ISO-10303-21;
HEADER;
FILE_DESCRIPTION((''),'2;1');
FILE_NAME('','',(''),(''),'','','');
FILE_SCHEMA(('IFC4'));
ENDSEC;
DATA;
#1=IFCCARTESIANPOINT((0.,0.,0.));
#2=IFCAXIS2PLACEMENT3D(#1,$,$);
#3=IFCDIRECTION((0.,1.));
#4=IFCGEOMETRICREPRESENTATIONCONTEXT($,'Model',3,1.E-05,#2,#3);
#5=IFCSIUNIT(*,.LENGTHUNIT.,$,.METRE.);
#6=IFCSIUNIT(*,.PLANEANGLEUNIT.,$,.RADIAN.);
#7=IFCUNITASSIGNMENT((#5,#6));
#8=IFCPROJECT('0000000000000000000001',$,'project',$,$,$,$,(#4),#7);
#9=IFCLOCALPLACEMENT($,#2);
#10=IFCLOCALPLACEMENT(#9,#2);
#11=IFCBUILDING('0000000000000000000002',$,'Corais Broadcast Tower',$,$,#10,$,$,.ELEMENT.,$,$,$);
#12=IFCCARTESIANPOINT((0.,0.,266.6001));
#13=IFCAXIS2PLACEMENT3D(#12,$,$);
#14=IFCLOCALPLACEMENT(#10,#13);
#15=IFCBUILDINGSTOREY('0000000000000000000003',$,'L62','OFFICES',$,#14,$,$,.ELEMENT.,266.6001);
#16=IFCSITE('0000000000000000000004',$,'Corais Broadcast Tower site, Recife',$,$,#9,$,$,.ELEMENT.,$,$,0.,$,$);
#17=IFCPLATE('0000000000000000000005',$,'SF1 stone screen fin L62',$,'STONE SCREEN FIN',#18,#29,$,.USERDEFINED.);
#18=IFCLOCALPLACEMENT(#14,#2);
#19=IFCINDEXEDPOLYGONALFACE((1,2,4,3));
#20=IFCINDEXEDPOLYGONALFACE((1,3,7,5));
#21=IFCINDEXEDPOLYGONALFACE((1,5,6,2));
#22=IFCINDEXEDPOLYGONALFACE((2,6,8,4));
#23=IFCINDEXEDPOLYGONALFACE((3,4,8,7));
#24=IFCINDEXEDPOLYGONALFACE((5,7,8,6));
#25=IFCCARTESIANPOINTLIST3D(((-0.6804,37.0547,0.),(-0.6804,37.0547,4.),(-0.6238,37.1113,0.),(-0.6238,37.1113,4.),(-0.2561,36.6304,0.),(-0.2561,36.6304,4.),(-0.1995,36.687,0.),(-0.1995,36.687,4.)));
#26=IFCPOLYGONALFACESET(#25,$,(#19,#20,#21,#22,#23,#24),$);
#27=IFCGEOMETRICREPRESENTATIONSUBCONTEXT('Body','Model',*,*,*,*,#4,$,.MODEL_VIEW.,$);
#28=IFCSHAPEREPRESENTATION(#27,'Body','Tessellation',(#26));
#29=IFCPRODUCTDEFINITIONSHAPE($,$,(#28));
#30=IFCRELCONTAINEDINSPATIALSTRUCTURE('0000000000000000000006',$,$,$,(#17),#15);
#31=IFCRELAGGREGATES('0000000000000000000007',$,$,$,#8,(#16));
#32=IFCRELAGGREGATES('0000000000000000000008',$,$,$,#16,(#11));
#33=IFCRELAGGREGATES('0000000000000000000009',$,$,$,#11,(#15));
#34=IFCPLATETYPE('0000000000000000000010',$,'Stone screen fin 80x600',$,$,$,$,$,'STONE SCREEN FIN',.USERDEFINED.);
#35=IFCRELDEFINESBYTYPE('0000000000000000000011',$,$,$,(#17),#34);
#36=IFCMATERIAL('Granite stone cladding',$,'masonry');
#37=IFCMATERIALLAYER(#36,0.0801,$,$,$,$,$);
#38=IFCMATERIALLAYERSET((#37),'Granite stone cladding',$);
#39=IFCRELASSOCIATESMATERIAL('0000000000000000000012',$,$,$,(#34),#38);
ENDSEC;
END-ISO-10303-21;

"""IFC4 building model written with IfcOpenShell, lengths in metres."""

from ifc_helpers import new_model, si_unit, direction, frame, origin, origin_2d, place, context, subcontext, project, spatial, rectangle, extrude, material, layer, layer_set, type_object, element, save


model = new_model("IFC4")

# Units and contexts
model_context = context("Model", 3, precision=1e-05, world=origin(), true_north=direction((0.0, 1.0)))
body_context = subcontext(model_context, "Body", "Model", "MODEL_VIEW")
ifc_project = project(units=[si_unit("LENGTHUNIT", "METRE"), si_unit("PLANEANGLEUNIT", "RADIAN")], contexts=[model_context])

# Site, building, storey
site_placement = place(None, origin())
site = spatial("IfcSite", under=ifc_project, at=site_placement, Name="Corais Broadcast Tower site, Recife", CompositionType="ELEMENT", RefElevation=0.0)
building_placement = place(site_placement, origin())
building = spatial("IfcBuilding", under=site, at=building_placement, Name="Corais Broadcast Tower", CompositionType="ELEMENT")
storey_placement = place(building_placement, frame((0.0, 0.0, 266.6001)))
storey = spatial("IfcBuildingStorey", under=building, at=storey_placement, Name="L62", Description="OFFICES", CompositionType="ELEMENT", Elevation=266.6001)

# Plate
ifc_material_1 = material(Name="Granite stone cladding", Category="masonry")
ifc_layer_1 = layer(ifc_material_1, 0.0801)
ifc_layer_set_1 = layer_set([ifc_layer_1], Name="Granite stone cladding")
plate_type_1 = type_object("IfcPlateType", Name="Stone screen fin 80x600", ElementType="STONE SCREEN FIN", PredefinedType="USERDEFINED", material=ifc_layer_set_1)
plate_1_placement = place(storey_placement, frame((-0.4399, 36.8708, 0.0), z_axis=(0.0, 0.0, 1.0), x_axis=(0.707107, 0.707107, 0.0)))
element("IfcPlate", 1, at=plate_1_placement, inside=storey, type_object=plate_type_1, Name="SF1 stone screen fin L62", ObjectType="STONE SCREEN FIN", PredefinedType="USERDEFINED", context=body_context, shape_type="SweptSolid", body=[
    extrude(rectangle(XDim=0.0801, YDim=0.6001, at=origin_2d()), origin(), (0.0, 0.0, 1.0), 4.0),
])

save(model, "model.ifc")
